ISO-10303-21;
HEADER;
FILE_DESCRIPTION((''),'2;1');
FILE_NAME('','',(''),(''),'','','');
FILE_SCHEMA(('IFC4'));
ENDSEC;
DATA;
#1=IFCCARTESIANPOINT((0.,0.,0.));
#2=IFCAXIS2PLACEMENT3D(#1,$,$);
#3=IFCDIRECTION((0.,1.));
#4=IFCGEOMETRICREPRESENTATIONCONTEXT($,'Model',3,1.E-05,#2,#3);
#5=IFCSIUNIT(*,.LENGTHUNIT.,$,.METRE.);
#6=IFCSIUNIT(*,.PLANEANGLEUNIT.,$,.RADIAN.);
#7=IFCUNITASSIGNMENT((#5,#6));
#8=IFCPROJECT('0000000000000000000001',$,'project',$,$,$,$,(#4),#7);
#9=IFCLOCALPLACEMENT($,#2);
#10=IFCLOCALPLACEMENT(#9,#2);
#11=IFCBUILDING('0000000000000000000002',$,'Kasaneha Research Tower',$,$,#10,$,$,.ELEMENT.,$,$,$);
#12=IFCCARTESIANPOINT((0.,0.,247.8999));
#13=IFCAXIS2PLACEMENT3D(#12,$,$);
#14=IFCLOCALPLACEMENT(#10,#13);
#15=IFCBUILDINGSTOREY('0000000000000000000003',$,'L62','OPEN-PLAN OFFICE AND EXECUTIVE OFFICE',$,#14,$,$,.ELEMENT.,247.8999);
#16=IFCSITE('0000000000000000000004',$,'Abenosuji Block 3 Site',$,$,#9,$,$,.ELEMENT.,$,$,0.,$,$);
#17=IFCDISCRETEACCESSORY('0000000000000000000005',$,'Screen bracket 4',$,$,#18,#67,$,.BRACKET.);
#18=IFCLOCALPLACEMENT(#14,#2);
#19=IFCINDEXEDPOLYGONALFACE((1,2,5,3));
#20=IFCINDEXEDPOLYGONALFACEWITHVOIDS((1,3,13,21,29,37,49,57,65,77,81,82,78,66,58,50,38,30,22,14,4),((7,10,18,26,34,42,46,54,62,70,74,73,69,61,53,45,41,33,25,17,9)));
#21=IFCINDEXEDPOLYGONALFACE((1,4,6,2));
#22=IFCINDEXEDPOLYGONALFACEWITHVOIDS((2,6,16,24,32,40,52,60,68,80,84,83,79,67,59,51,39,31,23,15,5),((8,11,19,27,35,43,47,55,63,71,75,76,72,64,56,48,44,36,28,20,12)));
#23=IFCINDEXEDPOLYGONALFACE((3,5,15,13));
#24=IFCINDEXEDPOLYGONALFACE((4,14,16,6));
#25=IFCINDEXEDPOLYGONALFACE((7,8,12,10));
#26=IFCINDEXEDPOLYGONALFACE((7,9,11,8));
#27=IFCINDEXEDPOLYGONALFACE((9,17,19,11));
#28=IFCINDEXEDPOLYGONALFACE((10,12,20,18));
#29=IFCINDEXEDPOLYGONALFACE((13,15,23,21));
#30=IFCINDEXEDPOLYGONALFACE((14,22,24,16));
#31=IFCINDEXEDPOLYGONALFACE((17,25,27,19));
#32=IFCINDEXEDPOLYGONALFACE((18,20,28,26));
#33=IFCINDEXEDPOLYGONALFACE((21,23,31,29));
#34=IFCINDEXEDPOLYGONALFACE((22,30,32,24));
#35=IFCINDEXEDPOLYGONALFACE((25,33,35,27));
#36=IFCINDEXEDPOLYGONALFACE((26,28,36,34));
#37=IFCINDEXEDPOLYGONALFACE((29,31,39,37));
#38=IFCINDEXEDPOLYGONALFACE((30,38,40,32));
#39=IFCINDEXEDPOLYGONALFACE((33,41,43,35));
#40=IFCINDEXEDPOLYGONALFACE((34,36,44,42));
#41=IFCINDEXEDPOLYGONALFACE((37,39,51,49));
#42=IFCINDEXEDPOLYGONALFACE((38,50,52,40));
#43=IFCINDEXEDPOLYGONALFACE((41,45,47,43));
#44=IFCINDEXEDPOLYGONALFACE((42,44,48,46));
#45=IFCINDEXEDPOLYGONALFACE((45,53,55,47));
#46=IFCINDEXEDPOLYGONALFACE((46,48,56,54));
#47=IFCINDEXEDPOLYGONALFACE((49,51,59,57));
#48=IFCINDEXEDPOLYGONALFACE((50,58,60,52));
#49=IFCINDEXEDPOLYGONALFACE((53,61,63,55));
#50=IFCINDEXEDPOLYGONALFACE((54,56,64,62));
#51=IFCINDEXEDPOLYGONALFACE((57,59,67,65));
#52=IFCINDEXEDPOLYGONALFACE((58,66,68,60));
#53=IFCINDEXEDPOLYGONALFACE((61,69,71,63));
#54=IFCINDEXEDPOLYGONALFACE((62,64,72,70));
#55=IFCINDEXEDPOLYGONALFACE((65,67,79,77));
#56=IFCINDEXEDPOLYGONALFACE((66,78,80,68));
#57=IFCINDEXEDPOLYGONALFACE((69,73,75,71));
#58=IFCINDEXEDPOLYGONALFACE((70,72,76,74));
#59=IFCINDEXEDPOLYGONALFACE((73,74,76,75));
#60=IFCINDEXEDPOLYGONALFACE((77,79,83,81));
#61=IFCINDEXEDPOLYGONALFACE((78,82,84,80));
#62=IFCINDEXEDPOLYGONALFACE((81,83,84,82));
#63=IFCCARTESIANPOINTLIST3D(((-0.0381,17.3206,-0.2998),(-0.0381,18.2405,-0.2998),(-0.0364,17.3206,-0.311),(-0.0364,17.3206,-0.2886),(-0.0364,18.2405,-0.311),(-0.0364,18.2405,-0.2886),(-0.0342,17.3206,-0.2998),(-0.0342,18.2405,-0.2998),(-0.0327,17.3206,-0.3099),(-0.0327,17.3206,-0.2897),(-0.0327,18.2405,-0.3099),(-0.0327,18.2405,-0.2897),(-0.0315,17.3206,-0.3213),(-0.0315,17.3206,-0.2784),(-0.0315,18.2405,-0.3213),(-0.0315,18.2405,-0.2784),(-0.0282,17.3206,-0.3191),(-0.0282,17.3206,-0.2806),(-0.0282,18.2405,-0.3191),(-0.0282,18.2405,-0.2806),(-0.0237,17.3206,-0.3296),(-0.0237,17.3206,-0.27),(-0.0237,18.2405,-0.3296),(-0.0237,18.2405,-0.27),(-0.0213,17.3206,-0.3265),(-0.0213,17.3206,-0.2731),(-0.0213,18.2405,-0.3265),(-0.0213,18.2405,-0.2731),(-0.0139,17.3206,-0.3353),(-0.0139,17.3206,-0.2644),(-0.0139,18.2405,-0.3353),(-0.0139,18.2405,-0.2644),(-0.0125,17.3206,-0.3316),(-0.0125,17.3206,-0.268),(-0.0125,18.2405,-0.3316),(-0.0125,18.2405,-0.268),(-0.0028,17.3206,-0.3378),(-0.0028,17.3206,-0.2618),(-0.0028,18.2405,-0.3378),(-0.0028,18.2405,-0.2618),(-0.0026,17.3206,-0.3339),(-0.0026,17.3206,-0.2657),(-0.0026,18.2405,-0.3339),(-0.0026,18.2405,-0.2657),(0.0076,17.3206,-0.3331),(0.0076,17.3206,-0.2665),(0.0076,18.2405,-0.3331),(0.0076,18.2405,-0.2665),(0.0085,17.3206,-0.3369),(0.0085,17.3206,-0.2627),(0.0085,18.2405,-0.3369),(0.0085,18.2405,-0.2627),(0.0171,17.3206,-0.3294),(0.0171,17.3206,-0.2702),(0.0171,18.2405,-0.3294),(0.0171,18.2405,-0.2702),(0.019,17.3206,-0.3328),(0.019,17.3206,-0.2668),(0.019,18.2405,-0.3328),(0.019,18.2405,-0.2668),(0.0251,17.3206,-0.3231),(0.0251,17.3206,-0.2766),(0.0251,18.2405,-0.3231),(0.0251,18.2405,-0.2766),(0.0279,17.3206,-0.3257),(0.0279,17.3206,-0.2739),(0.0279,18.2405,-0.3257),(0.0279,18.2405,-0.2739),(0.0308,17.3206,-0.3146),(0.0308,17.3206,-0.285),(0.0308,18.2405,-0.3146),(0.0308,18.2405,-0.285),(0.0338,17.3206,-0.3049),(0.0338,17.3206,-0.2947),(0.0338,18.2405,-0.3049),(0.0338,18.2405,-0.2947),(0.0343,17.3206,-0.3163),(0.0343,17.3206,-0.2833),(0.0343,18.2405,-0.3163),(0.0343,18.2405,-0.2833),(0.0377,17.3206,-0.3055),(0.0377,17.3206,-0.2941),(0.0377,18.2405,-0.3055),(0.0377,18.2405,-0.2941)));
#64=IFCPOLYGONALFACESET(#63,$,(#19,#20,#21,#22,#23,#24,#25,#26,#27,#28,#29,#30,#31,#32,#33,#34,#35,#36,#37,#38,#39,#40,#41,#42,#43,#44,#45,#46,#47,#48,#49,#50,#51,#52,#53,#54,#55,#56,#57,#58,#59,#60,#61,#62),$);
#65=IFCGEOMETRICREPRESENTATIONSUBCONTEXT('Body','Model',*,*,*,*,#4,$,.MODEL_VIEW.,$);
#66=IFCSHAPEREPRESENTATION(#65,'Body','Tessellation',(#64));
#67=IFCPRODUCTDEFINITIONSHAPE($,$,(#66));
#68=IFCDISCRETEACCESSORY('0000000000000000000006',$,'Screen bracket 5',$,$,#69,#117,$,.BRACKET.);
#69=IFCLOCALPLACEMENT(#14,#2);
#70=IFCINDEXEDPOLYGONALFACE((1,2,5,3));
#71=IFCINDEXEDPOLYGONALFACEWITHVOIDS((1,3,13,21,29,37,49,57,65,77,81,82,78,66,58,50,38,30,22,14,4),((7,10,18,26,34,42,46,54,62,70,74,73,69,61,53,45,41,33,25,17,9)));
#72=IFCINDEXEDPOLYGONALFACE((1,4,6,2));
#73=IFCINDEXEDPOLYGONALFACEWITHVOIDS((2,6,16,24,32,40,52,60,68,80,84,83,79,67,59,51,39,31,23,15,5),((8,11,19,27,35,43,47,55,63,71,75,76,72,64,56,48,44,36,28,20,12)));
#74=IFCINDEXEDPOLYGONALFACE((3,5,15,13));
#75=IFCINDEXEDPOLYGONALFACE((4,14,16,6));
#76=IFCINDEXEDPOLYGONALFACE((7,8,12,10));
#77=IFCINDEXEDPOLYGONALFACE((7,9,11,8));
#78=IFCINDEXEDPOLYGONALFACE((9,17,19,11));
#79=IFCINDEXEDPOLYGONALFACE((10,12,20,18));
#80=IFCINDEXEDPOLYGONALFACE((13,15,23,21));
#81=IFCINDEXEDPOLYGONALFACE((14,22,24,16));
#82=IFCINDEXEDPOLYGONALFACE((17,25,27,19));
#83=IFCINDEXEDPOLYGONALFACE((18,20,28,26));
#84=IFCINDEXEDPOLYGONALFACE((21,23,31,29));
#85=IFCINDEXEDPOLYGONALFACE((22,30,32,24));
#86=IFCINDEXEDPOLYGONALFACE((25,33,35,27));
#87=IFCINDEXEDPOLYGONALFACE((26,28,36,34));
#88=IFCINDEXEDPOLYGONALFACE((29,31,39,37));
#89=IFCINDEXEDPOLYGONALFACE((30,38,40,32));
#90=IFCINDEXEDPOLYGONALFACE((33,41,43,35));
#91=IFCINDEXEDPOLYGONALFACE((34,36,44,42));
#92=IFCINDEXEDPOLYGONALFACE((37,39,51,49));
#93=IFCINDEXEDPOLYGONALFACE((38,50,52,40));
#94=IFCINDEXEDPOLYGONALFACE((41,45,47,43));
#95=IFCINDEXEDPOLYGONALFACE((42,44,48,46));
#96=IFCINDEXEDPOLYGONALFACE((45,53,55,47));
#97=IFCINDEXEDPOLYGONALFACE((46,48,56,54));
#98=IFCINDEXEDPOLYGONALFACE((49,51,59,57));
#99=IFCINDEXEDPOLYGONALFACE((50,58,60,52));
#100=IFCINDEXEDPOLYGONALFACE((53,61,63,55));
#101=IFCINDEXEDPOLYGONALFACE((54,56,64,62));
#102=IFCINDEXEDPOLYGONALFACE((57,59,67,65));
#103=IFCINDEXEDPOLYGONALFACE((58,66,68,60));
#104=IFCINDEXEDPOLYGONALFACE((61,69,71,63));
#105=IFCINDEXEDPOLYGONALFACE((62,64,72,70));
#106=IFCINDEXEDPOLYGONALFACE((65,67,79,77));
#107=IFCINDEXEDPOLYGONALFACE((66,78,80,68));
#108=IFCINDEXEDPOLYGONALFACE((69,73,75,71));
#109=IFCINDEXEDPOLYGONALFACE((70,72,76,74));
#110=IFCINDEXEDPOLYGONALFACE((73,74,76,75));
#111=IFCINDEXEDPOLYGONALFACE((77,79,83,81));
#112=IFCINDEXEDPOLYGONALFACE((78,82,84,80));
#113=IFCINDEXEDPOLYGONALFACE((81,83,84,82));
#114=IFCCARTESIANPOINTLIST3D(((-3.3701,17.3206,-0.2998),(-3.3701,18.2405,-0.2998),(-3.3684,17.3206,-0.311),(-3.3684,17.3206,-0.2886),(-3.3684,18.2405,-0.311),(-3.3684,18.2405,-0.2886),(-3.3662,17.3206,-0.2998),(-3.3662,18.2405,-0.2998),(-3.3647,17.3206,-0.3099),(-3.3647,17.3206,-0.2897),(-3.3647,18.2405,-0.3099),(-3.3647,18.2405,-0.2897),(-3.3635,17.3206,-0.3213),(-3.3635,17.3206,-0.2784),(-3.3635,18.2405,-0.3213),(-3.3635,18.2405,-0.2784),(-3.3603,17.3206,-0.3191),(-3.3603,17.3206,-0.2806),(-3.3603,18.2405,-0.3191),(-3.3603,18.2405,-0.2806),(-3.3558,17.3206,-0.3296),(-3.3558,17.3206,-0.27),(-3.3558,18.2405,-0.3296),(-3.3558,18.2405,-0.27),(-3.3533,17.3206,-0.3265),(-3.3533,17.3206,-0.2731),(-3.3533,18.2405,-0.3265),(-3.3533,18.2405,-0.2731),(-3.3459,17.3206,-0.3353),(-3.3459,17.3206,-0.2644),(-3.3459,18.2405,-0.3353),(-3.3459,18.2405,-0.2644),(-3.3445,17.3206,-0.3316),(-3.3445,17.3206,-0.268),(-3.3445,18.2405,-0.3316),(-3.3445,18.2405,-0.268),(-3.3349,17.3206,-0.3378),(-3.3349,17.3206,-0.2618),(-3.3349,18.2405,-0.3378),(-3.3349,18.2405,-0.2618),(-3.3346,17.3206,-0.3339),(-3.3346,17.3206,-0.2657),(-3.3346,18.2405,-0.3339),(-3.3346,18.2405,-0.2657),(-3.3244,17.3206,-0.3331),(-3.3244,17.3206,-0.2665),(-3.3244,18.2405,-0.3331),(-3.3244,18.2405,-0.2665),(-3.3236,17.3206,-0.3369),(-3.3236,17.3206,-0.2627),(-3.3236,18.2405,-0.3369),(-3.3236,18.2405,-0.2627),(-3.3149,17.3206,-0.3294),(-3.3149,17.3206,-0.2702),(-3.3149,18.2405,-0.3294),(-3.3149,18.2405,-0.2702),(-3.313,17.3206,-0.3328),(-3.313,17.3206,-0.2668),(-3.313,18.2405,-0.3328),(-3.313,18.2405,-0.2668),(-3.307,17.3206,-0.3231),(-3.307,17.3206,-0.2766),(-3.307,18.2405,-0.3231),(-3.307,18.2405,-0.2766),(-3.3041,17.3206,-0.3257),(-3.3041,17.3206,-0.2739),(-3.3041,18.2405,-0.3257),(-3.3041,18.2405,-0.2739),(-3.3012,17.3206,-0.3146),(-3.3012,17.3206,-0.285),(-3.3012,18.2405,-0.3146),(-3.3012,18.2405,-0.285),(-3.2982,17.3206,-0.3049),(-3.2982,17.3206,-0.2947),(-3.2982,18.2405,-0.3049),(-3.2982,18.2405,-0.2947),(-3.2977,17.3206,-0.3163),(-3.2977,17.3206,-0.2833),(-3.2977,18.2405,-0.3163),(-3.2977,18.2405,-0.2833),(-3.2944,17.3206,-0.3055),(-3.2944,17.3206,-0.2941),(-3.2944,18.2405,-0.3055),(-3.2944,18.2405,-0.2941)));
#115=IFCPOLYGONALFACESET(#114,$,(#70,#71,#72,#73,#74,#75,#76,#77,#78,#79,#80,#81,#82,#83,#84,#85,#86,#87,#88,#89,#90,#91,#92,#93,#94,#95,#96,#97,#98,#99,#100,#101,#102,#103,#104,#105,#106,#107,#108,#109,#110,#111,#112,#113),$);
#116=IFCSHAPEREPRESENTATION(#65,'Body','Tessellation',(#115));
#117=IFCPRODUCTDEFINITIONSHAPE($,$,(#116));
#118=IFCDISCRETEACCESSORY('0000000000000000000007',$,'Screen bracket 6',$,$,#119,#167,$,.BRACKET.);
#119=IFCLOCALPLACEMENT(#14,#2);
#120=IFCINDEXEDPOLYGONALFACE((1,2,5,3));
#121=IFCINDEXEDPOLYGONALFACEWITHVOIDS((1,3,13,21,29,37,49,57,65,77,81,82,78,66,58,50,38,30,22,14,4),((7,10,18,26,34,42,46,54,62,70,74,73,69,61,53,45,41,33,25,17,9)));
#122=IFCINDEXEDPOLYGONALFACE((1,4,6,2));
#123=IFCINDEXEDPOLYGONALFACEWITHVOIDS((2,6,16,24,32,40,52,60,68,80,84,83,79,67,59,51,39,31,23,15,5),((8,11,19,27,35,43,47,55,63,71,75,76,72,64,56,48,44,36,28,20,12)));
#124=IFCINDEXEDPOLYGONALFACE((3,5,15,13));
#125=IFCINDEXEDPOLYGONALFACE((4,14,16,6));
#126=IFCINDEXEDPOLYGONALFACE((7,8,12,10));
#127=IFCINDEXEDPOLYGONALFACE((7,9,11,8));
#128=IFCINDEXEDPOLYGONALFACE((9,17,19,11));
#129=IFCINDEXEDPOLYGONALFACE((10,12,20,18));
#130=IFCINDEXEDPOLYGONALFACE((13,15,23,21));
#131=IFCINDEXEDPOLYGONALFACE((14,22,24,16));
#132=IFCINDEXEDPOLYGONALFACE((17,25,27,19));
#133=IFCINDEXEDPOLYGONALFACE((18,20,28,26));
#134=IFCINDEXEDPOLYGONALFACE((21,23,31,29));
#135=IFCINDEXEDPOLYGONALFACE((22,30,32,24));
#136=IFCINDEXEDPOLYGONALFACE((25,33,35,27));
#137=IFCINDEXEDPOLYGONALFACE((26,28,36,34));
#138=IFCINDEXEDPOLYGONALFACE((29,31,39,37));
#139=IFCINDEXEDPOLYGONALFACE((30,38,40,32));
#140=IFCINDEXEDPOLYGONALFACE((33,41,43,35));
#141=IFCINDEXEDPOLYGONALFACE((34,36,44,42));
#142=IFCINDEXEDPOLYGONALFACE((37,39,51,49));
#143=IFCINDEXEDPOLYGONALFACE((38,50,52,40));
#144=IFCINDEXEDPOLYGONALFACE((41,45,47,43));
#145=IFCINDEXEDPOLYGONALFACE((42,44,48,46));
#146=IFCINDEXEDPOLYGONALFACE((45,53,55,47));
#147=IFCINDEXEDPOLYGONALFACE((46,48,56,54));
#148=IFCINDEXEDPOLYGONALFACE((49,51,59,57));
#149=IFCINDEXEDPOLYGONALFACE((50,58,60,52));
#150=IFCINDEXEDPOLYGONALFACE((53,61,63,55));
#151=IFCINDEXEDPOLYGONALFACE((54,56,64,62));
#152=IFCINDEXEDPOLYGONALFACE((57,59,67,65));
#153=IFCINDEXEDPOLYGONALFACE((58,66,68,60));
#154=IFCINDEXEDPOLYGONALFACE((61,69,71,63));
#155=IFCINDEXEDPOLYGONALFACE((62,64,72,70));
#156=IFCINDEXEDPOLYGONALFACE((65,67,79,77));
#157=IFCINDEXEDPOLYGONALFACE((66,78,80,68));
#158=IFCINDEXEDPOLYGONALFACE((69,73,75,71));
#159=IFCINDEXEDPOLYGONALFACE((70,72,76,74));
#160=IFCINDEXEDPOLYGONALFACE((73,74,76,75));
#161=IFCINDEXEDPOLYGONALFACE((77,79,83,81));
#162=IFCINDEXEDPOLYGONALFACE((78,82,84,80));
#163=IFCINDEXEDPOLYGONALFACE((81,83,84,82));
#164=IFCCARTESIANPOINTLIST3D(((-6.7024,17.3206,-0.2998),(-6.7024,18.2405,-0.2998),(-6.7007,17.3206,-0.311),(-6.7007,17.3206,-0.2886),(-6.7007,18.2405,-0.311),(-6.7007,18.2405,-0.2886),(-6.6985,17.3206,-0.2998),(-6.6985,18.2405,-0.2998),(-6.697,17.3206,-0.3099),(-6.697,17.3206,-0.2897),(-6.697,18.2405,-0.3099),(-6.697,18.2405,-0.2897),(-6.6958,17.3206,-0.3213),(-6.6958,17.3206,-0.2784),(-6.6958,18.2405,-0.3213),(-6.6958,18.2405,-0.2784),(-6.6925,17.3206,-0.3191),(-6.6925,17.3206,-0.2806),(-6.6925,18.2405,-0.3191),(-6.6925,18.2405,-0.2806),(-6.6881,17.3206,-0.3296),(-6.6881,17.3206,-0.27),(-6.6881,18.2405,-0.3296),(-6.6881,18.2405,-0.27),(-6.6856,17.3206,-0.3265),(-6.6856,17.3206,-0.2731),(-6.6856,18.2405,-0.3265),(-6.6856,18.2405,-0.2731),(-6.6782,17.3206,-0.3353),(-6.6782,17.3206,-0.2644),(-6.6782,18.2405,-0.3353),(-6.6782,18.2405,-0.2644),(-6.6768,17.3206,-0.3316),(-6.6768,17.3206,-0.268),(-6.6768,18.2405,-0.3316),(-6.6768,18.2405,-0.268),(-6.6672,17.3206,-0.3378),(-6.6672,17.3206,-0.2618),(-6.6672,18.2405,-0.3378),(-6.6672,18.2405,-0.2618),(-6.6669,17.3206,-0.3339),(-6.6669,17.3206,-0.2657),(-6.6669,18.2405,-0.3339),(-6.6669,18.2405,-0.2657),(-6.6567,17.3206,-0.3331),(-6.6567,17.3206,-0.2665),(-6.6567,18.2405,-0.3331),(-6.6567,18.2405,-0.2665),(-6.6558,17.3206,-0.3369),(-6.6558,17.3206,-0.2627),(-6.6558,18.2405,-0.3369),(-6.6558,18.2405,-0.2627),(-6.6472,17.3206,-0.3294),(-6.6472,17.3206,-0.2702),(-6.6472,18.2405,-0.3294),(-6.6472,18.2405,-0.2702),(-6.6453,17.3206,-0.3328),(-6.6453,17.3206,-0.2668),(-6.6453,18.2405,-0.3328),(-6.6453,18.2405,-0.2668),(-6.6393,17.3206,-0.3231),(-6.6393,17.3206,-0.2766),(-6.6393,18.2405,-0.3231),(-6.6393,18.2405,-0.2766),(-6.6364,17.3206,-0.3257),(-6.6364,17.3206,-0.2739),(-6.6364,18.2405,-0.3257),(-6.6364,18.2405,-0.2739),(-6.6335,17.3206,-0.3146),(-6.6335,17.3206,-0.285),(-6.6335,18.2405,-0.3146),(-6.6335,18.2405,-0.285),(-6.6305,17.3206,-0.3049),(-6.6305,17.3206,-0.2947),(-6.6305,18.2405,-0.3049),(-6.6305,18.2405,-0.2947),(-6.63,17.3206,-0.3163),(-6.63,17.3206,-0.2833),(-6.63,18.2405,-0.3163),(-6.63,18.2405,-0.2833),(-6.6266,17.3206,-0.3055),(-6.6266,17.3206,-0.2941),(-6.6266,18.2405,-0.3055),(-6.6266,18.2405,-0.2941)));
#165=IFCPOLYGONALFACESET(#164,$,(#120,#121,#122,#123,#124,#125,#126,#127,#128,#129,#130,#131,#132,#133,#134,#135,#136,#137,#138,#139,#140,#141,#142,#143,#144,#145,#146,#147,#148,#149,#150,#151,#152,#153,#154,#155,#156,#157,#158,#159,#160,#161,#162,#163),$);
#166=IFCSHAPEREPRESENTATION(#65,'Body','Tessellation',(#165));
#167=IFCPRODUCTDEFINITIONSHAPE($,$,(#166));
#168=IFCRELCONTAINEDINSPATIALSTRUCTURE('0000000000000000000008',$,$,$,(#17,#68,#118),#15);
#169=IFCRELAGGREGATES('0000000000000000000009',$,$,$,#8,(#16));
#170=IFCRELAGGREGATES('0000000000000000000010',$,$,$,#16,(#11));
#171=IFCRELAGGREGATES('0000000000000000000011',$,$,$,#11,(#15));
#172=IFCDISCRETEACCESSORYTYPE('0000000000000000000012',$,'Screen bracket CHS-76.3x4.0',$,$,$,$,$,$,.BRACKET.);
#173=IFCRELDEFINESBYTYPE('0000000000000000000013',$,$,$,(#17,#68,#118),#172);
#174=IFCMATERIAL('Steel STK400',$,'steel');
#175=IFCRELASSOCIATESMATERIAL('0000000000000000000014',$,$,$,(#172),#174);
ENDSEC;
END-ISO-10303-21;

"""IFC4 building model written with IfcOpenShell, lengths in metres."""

from ifc_helpers import new_model, si_unit, direction, frame, origin, origin_2d, place, context, subcontext, project, spatial, hollow_circle, extrude, material, material_profile, profile_set, type_object, element, save


model = new_model("IFC4")

# Units and contexts
model_context = context("Model", 3, precision=1e-05, world=origin(), true_north=direction((0.0, 1.0)))
body_context = subcontext(model_context, "Body", "Model", "MODEL_VIEW")
ifc_project = project(units=[si_unit("LENGTHUNIT", "METRE"), si_unit("PLANEANGLEUNIT", "RADIAN")], contexts=[model_context])

# Site, building, storey
site_placement = place(None, origin())
site = spatial("IfcSite", under=ifc_project, at=site_placement, Name="Abenosuji Block 3 Site", CompositionType="ELEMENT", RefElevation=0.0)
building_placement = place(site_placement, origin())
building = spatial("IfcBuilding", under=site, at=building_placement, Name="Kasaneha Research Tower", CompositionType="ELEMENT")
storey_placement = place(building_placement, frame((0.0, 0.0, 247.8999)))
storey = spatial("IfcBuildingStorey", under=building, at=storey_placement, Name="L62", Description="OPEN-PLAN OFFICE AND EXECUTIVE OFFICE", CompositionType="ELEMENT", Elevation=247.8999)

# Discrete accessories
ifc_material_1 = material(Name="Steel STK400", Category="steel")
ifc_material_profile_1 = material_profile(ifc_material_1, hollow_circle(Radius=0.0381, WallThickness=0.0039, at=origin_2d()), Name="CHS-76.3x4.0")
ifc_profile_set_1 = profile_set([ifc_material_profile_1], Name="Steel STK400")
discrete_accessory_type = type_object("IfcDiscreteAccessoryType", Name="Screen bracket CHS-76.3x4.0", PredefinedType="BRACKET", material=ifc_profile_set_1)
for number, where, z_axis, x_axis, name in (
    (1, (0.0, 17.3206, -0.2998), (0.0, 1.0, 0.0), (-1.0, 0.0, 0.0), "Screen bracket 4"),
    (2, (-3.332, 17.3206, -0.2998), (0.0, 1.0, 0.0), (-1.0, 0.0, 0.0), "Screen bracket 5"),
    (3, (-6.6643, 17.3206, -0.2998), (0.0, 1.0, 0.0), (-1.0, 0.0, 0.0), "Screen bracket 6"),
):
    element("IfcDiscreteAccessory", number, at=place(storey_placement, frame(where, z_axis=z_axis, x_axis=x_axis)), inside=storey, type_object=discrete_accessory_type, Name=name, PredefinedType="BRACKET", context=body_context, shape_type="SweptSolid", body=[
        extrude(hollow_circle(Radius=0.0381, WallThickness=0.0039, at=origin_2d()), origin(), (0.0, 0.0, 1.0), 0.9199),
    ])

save(model, "model.ifc")
